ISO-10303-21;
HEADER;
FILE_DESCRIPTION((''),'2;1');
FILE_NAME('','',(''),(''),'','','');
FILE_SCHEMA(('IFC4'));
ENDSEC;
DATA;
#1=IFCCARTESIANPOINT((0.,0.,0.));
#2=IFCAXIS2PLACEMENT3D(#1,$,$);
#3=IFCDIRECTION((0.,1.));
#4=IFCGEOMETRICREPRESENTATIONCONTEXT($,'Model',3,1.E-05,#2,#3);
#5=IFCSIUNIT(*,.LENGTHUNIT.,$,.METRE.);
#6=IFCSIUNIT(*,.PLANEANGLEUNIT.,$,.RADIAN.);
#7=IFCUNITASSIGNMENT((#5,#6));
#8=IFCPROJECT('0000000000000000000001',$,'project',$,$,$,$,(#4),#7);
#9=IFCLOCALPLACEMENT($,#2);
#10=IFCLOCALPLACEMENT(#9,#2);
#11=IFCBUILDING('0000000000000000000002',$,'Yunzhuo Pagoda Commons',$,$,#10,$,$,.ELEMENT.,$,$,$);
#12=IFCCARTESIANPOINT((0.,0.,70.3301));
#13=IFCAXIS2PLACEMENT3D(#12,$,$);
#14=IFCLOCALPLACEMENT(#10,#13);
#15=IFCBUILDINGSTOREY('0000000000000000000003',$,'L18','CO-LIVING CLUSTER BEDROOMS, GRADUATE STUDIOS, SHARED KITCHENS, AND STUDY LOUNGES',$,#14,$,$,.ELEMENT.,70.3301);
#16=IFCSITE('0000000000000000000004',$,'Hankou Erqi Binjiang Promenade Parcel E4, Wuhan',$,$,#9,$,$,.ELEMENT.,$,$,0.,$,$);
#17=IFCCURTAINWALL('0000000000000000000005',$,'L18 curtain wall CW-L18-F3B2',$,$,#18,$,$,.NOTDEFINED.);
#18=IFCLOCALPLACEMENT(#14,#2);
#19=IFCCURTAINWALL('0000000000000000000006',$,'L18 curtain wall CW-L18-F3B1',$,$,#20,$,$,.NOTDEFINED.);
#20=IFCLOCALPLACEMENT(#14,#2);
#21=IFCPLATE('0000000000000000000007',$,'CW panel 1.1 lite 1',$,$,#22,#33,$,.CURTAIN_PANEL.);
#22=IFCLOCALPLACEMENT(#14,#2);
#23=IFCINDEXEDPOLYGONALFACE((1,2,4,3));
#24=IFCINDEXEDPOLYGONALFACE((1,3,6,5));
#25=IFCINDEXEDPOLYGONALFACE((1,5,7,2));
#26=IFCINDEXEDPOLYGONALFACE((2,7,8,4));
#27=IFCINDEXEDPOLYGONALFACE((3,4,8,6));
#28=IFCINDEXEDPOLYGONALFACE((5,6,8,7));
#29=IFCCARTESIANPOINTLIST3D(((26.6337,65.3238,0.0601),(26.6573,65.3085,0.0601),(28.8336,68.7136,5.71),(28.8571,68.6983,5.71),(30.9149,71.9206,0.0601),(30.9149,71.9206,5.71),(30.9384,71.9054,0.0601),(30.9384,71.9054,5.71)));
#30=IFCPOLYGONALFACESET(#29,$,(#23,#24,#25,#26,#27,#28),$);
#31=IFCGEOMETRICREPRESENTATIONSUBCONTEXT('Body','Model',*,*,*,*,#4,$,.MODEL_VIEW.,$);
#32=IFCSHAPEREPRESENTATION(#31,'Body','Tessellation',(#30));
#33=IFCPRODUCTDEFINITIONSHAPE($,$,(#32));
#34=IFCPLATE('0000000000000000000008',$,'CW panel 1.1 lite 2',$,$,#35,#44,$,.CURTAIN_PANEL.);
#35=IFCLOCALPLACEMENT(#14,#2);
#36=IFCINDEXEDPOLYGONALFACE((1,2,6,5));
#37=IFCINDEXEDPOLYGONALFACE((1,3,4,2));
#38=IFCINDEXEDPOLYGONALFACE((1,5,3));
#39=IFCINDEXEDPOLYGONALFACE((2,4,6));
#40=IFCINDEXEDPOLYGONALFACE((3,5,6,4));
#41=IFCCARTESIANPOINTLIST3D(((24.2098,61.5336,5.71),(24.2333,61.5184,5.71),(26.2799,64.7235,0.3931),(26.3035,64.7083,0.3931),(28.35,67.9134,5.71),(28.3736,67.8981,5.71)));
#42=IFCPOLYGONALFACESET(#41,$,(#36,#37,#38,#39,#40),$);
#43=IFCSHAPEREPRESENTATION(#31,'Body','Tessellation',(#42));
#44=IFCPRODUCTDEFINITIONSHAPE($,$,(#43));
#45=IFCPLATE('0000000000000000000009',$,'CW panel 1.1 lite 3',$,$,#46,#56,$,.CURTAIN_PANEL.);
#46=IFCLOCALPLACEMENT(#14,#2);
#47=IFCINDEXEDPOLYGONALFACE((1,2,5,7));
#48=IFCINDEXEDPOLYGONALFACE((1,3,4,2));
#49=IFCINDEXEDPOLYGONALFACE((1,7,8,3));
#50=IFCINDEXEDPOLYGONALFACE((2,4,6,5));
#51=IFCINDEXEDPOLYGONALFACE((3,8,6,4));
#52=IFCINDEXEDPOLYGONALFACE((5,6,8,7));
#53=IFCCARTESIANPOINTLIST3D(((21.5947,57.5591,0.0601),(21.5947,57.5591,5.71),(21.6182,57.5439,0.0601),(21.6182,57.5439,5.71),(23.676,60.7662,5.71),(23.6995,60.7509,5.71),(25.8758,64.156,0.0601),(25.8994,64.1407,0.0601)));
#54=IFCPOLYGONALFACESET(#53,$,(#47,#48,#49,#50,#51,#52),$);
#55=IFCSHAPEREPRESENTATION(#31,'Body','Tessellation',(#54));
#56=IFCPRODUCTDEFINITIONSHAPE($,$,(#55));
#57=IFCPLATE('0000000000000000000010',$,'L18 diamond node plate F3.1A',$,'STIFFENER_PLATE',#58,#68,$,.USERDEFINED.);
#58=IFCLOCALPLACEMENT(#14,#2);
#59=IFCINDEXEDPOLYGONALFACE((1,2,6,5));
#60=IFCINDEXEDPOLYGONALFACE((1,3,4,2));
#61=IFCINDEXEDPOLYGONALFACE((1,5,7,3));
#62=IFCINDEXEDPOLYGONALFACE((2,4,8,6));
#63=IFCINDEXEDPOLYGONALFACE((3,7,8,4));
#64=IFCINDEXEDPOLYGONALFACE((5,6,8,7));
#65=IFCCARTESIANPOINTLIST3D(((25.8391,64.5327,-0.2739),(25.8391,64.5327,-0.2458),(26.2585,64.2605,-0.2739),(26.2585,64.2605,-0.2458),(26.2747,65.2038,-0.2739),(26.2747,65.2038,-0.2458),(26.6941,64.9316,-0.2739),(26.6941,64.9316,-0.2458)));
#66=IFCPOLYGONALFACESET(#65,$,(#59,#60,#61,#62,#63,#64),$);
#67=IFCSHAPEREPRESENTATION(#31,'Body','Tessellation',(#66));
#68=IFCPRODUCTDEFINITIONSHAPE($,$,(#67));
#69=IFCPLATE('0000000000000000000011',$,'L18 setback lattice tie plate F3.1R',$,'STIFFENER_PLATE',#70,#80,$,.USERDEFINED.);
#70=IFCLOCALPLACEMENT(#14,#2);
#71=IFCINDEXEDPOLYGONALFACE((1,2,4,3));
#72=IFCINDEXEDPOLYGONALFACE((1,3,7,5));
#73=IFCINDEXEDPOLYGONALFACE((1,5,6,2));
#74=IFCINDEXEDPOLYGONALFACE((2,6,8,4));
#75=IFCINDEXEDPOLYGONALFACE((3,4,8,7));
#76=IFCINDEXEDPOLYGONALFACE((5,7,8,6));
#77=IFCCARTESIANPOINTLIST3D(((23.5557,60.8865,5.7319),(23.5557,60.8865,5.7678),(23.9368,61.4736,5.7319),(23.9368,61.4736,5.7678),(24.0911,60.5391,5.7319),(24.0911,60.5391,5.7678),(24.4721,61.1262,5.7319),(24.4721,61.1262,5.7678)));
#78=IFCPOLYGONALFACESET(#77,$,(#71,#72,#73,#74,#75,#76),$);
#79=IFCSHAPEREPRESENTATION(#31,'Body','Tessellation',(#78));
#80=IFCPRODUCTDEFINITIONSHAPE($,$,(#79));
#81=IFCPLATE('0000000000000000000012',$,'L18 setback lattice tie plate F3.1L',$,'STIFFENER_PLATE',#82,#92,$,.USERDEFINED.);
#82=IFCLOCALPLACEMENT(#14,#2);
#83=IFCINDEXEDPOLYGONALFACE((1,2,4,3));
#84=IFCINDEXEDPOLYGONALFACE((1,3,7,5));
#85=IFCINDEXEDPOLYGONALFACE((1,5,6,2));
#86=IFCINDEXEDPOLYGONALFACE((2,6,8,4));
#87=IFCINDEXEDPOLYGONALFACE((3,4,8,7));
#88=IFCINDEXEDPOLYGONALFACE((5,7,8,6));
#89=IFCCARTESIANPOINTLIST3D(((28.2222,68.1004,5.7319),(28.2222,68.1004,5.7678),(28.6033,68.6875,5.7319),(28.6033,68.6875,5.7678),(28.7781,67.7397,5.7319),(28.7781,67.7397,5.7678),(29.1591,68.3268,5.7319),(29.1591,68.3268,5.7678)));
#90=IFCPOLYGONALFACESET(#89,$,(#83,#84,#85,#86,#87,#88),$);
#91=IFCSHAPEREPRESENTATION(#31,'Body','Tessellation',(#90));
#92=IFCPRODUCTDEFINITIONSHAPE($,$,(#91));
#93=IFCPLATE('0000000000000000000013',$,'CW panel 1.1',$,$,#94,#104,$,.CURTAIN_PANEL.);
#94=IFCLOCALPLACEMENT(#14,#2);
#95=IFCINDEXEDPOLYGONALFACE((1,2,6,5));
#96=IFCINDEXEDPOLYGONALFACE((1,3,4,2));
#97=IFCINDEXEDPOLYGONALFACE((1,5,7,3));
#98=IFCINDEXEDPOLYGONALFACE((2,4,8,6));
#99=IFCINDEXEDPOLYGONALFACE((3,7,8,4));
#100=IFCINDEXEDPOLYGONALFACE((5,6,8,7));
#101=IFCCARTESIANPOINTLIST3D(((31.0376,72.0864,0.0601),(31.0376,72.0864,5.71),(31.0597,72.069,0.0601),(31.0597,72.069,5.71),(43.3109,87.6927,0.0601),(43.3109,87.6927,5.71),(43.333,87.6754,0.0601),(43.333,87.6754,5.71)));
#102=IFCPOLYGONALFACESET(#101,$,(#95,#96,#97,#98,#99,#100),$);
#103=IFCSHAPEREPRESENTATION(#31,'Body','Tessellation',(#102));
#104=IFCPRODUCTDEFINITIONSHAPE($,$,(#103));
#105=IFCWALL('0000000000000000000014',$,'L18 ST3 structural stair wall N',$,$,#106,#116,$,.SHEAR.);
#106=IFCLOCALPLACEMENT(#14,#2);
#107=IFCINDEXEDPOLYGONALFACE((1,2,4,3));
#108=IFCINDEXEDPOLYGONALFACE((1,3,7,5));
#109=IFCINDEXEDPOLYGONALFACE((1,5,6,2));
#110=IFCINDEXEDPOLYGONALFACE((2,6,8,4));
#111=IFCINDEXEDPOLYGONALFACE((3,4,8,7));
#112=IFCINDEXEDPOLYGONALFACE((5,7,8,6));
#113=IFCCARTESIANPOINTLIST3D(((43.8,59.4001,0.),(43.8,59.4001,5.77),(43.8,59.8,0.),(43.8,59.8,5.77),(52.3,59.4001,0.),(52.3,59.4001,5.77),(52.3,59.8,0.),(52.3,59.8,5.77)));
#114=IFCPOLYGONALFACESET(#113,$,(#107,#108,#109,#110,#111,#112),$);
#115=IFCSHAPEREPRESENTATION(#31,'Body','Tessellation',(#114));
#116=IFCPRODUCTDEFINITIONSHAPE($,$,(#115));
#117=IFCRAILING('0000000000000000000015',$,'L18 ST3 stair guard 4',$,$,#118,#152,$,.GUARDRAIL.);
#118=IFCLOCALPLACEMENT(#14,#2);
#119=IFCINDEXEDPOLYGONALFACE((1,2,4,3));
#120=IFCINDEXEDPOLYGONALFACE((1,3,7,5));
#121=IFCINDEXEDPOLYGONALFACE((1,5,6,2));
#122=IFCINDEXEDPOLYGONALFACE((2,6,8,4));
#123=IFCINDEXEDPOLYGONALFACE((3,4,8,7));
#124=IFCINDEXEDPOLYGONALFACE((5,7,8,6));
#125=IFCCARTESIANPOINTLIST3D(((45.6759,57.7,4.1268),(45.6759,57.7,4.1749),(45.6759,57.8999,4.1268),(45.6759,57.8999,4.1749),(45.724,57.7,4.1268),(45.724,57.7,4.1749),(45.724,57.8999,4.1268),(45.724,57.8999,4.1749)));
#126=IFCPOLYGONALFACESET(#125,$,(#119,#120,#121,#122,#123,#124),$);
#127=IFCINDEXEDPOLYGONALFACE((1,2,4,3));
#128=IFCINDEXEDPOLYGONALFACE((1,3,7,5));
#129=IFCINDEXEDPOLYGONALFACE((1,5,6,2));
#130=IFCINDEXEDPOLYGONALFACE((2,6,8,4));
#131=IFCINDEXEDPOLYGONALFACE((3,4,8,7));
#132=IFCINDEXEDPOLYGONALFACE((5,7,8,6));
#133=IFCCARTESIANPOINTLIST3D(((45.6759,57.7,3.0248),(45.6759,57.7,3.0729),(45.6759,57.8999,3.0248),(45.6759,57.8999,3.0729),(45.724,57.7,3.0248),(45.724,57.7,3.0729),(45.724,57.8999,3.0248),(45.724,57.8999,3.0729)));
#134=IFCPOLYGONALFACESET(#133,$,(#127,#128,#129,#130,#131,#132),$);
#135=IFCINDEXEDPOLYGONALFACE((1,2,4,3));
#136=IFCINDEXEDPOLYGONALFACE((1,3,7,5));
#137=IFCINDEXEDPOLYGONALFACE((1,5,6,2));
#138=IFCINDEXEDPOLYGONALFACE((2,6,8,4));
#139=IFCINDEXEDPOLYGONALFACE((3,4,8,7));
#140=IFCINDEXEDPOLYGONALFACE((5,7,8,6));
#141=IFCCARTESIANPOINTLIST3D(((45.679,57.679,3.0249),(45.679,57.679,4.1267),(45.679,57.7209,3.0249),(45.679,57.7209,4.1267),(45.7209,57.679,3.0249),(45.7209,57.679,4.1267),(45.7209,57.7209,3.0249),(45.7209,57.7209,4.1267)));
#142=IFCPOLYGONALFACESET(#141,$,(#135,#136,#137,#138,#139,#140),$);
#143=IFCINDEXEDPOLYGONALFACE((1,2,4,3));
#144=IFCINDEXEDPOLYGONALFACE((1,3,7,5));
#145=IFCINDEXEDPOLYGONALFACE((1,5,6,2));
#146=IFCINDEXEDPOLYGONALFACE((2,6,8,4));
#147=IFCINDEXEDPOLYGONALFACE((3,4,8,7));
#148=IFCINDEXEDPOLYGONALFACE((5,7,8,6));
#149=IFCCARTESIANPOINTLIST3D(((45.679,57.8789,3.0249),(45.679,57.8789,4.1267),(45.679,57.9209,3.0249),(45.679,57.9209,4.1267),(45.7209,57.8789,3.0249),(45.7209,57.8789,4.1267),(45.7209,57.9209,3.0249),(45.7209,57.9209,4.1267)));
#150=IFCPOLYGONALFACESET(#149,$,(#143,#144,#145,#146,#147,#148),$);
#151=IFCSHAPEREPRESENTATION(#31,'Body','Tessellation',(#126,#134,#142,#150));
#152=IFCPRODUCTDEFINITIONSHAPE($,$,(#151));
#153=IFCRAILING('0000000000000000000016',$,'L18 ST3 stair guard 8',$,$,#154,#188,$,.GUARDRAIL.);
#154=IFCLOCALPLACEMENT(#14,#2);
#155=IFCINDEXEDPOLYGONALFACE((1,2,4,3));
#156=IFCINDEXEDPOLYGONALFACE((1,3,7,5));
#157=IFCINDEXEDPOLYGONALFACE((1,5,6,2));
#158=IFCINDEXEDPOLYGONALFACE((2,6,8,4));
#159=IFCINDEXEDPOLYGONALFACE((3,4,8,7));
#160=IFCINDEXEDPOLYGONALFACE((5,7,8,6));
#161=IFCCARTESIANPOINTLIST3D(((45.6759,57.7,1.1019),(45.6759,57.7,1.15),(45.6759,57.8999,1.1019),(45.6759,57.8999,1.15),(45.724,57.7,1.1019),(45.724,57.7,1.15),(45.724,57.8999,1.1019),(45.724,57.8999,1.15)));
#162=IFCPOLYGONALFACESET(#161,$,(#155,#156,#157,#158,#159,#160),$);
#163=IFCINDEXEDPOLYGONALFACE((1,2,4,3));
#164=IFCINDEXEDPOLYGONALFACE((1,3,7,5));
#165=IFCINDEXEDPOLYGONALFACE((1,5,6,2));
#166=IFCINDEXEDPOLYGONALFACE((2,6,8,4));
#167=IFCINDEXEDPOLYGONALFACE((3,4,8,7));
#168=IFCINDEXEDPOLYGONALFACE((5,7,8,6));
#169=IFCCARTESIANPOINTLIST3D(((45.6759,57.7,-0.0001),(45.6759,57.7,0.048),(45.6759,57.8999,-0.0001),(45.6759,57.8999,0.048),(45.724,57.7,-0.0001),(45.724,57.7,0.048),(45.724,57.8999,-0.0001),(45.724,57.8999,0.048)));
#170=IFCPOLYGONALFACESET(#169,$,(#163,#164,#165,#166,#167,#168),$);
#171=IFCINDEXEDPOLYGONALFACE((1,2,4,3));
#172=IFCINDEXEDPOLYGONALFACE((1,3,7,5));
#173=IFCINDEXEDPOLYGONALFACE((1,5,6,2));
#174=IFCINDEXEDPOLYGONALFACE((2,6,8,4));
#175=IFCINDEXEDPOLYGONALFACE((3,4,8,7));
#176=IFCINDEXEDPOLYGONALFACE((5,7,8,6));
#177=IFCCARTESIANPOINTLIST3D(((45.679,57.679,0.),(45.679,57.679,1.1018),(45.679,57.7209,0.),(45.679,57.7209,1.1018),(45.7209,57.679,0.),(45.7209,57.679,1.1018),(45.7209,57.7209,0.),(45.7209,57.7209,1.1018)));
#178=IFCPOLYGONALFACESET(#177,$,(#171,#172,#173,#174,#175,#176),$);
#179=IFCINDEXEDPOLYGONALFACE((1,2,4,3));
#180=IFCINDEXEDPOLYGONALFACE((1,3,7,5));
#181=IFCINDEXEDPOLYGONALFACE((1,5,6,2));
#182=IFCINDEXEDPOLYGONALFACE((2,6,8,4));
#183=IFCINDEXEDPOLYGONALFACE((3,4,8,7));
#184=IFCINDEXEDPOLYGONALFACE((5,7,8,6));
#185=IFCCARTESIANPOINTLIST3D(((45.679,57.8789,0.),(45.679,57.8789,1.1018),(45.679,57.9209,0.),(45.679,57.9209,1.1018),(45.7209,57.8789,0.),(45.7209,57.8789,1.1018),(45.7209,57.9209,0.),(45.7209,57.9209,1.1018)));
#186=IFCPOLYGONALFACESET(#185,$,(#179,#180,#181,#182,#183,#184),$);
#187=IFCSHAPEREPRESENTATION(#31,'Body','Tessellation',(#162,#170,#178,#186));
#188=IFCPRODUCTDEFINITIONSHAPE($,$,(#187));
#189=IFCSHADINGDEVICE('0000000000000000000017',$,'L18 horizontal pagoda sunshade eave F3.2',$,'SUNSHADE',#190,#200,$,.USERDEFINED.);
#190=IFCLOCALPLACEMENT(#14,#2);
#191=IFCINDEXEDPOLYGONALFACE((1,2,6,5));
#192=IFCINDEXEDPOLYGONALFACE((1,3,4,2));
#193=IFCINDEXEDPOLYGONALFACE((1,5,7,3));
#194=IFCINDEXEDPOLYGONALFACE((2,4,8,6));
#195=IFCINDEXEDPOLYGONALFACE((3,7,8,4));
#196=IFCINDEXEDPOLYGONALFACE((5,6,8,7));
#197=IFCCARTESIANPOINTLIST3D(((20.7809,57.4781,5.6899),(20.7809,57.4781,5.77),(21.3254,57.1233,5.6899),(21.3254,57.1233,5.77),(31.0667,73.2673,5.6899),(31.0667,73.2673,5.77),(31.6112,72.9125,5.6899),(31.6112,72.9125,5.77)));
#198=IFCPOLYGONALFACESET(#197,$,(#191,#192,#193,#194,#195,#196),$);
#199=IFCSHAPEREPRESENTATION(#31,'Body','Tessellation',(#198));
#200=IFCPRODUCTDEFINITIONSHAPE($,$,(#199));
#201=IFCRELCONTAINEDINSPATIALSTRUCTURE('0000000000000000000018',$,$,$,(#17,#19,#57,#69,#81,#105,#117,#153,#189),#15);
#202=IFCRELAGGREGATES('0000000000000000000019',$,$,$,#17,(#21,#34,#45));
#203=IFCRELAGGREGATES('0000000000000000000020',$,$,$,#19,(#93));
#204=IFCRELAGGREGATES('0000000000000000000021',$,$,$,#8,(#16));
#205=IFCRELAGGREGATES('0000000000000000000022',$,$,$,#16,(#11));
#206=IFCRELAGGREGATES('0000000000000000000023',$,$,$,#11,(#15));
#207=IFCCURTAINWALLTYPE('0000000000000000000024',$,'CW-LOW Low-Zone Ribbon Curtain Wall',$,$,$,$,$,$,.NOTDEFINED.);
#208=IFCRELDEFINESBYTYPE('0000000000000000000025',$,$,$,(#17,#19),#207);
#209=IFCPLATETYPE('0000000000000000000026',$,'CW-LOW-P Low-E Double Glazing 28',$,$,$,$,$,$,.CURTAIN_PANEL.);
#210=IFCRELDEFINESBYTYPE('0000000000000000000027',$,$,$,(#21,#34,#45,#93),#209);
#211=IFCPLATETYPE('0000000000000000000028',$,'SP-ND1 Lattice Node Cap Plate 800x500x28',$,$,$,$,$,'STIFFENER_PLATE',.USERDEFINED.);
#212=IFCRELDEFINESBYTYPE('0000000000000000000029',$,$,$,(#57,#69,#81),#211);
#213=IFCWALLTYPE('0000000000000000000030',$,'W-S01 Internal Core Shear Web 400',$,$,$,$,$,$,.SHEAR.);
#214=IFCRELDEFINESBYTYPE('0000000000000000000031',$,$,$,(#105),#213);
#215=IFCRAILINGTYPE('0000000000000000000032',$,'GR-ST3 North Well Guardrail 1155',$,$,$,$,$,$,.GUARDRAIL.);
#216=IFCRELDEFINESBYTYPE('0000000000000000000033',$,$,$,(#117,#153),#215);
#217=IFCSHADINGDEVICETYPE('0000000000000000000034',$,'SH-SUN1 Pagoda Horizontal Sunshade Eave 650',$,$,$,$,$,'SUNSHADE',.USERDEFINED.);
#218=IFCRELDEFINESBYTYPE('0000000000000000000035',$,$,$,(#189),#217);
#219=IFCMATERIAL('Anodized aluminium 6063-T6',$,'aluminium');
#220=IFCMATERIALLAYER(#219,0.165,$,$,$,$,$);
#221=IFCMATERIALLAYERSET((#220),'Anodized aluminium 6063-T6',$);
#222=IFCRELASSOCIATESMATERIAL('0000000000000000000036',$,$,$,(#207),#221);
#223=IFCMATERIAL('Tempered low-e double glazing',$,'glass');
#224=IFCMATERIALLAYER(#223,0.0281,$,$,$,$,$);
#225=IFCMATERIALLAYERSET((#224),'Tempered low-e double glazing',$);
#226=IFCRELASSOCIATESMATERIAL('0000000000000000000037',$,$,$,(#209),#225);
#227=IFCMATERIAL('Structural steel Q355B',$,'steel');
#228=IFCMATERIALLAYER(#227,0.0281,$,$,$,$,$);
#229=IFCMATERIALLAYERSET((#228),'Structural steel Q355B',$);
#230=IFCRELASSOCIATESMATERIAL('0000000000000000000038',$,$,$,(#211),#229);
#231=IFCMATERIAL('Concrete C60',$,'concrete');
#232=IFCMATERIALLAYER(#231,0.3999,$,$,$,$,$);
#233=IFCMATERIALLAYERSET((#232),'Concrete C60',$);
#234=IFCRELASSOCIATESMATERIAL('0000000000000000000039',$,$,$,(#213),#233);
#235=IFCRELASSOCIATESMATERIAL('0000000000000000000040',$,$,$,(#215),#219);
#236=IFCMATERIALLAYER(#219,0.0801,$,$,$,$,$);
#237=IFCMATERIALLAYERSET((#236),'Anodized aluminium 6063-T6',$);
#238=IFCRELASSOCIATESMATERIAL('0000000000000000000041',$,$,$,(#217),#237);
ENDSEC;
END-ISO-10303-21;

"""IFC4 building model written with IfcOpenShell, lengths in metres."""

from ifc_helpers import new_model, si_unit, direction, frame, frame_2d, origin, origin_2d, place, context, subcontext, project, spatial, polyline, rectangle, outline, extrude, source, transform, mapped, material, layer, layer_set, type_object, element, aggregate, save


model = new_model("IFC4")

# Units and contexts
model_context = context("Model", 3, precision=1e-05, world=origin(), true_north=direction((0.0, 1.0)))
body_context = subcontext(model_context, "Body", "Model", "MODEL_VIEW")
ifc_project = project(units=[si_unit("LENGTHUNIT", "METRE"), si_unit("PLANEANGLEUNIT", "RADIAN")], contexts=[model_context])

# Site, building, storey
site_placement = place(None, origin())
site = spatial("IfcSite", under=ifc_project, at=site_placement, Name="Hankou Erqi Binjiang Promenade Parcel E4, Wuhan", CompositionType="ELEMENT", RefElevation=0.0)
building_placement = place(site_placement, origin())
building = spatial("IfcBuilding", under=site, at=building_placement, Name="Yunzhuo Pagoda Commons", CompositionType="ELEMENT")
storey_placement = place(building_placement, frame((0.0, 0.0, 70.3301)))
storey = spatial("IfcBuildingStorey", under=building, at=storey_placement, Name="L18", Description="CO-LIVING CLUSTER BEDROOMS, GRADUATE STUDIOS, SHARED KITCHENS, AND STUDY LOUNGES", CompositionType="ELEMENT", Elevation=70.3301)

# Shared definitions
ifc_material_1 = material(Name="Structural steel Q355B", Category="steel")

# Curtain walls
ifc_material_2 = material(Name="Anodized aluminium 6063-T6", Category="aluminium")
ifc_layer_1 = layer(ifc_material_2, 0.165)
ifc_layer_set_1 = layer_set([ifc_layer_1], Name="Anodized aluminium 6063-T6")
curtain_wall_type = type_object("IfcCurtainWallType", Name="CW-LOW Low-Zone Ribbon Curtain Wall", PredefinedType="NOTDEFINED", material=ifc_layer_set_1)
curtain_wall_1_placement = place(storey_placement, origin())
curtain_wall_1 = element("IfcCurtainWall", 1, at=curtain_wall_1_placement, inside=storey, type_object=curtain_wall_type, Name="L18 curtain wall CW-L18-F3B2", PredefinedType="NOTDEFINED")
curtain_wall_2_placement = place(storey_placement, origin())
curtain_wall_2 = element("IfcCurtainWall", 2, at=curtain_wall_2_placement, inside=storey, type_object=curtain_wall_type, Name="L18 curtain wall CW-L18-F3B1", PredefinedType="NOTDEFINED")

# Plates
ifc_material_3 = material(Name="Tempered low-e double glazing", Category="glass")
ifc_layer_2 = layer(ifc_material_3, 0.0281)
ifc_layer_set_2 = layer_set([ifc_layer_2], Name="Tempered low-e double glazing")
plate_type_1 = type_object("IfcPlateType", Name="CW-LOW-P Low-E Double Glazing 28", PredefinedType="CURTAIN_PANEL", material=ifc_layer_set_2)
plate_1_placement = place(storey_placement, frame((28.7979, 68.6069, 2.885), z_axis=(-0.83884, 0.544378, 0.0), x_axis=(-0.544378, -0.83884, 0.0)))
plate_1 = element("IfcPlate", 3, at=plate_1_placement, type_object=plate_type_1, Name="CW panel 1.1 lite 1", PredefinedType="CURTAIN_PANEL", context=body_context, shape_type="SweptSolid", body=[
    extrude(outline(polyline([(-3.9321, -2.825), (3.9321, -2.825), (-0.1089, 2.825), (-3.9321, 2.825), (-3.9321, -2.825)])), origin(), (0.0, 0.0, 1.0), 0.0281),
])
plate_2_placement = place(storey_placement, frame((26.3035, 64.7083, 3.0515), z_axis=(-0.83884, 0.544378, 0.0), x_axis=(-0.544378, -0.83884, 0.0)))
plate_2 = element("IfcPlate", 4, at=plate_2_placement, type_object=plate_type_1, Name="CW panel 1.1 lite 2", PredefinedType="CURTAIN_PANEL", context=body_context, shape_type="SweptSolid", body=[
    extrude(outline(polyline([(-3.8027, 2.6584), (0.0, -2.6584), (3.8027, 2.6584), (-3.8027, 2.6584)])), origin(), (0.0, 0.0, 1.0), 0.0281),
])
plate_3_placement = place(storey_placement, frame((23.7588, 60.8423, 2.885), z_axis=(-0.83884, 0.544378, 0.0), x_axis=(-0.544378, -0.83884, 0.0)))
plate_3 = element("IfcPlate", 5, at=plate_3_placement, type_object=plate_type_1, Name="CW panel 1.1 lite 3", PredefinedType="CURTAIN_PANEL", context=body_context, shape_type="SweptSolid", body=[
    extrude(outline(polyline([(-3.9321, -2.825), (3.9321, -2.825), (3.9321, 2.825), (0.1089, 2.825), (-3.9321, -2.825)])), origin(), (0.0, 0.0, 1.0), 0.0281),
])
aggregate(curtain_wall_1, [plate_1, plate_2, plate_3])

# Plates
ifc_layer_3 = layer(ifc_material_1, 0.0281)
ifc_layer_set_3 = layer_set([ifc_layer_3], Name="Structural steel Q355B")
plate_type_2 = type_object("IfcPlateType", Name="SP-ND1 Lattice Node Cap Plate 800x500x28", ElementType="STIFFENER_PLATE", PredefinedType="USERDEFINED", material=ifc_layer_set_3)
shared_shape_1 = source(origin(), body_context, "Body", "SweptSolid", [
    extrude(rectangle(XDim=0.8, YDim=0.5, at=origin_2d()), origin(), (0.0, 0.0, 1.0), 0.0281),
])
plate_4_placement = place(storey_placement, frame((26.2666, 64.7322, -0.2739), z_axis=(0.0, 0.0, 1.0), x_axis=(-0.544376, -0.838842, 0.0)))
element("IfcPlate", 6, at=plate_4_placement, inside=storey, type_object=plate_type_2, Name="L18 diamond node plate F3.1A", ObjectType="STIFFENER_PLATE", PredefinedType="USERDEFINED", context=body_context, shape_type="MappedRepresentation", body=[
    mapped(shared_shape_1, transform((0.0, 0.0, 0.0), scale=1.0)),
])
shared_shape_2 = source(origin(), body_context, "Body", "SweptSolid", [
    extrude(rectangle(XDim=0.7, YDim=0.6382, at=origin_2d()), origin(), (0.0, 0.0, 1.0), 0.0359),
])
plate_5_placement = place(storey_placement, frame((24.0139, 61.0063, 5.7319), z_axis=(0.0, 0.0, 1.0), x_axis=(-0.544376, -0.838842, 0.0)))
element("IfcPlate", 7, at=plate_5_placement, inside=storey, type_object=plate_type_2, Name="L18 setback lattice tie plate F3.1R", ObjectType="STIFFENER_PLATE", PredefinedType="USERDEFINED", context=body_context, shape_type="MappedRepresentation", body=[
    mapped(shared_shape_2, transform((0.0, 0.0, 0.0), scale=1.0)),
])
shared_shape_3 = source(origin(), body_context, "Body", "SweptSolid", [
    extrude(rectangle(XDim=0.7, YDim=0.6626, at=origin_2d()), origin(), (0.0, 0.0, 1.0), 0.0359),
])
plate_6_placement = place(storey_placement, frame((28.6907, 68.2136, 5.7319), z_axis=(0.0, 0.0, 1.0), x_axis=(-0.544376, -0.838842, 0.0)))
element("IfcPlate", 8, at=plate_6_placement, inside=storey, type_object=plate_type_2, Name="L18 setback lattice tie plate F3.1L", ObjectType="STIFFENER_PLATE", PredefinedType="USERDEFINED", context=body_context, shape_type="MappedRepresentation", body=[
    mapped(shared_shape_3, transform((0.0, 0.0, 0.0), scale=1.0)),
])

# Plate
shared_shape_4 = source(origin(), body_context, "Body", "SweptSolid", [
    extrude(rectangle(XDim=19.8542, YDim=0.0281, at=origin_2d()), origin(), (0.0, 0.0, 1.0), 5.6499),
])
plate_7_placement = place(storey_placement, frame((37.1853, 79.8809, 0.0601), z_axis=(0.0, 0.0, 1.0), x_axis=(-0.618168, -0.786046, 0.0)))
plate_7 = element("IfcPlate", 9, at=plate_7_placement, type_object=plate_type_1, Name="CW panel 1.1", PredefinedType="CURTAIN_PANEL", context=body_context, shape_type="MappedRepresentation", body=[
    mapped(shared_shape_4, transform((0.0, 0.0, 0.0), scale=1.0)),
])
aggregate(curtain_wall_2, [plate_7])

# Wall
ifc_material_4 = material(Name="Concrete C60", Category="concrete")
ifc_layer_4 = layer(ifc_material_4, 0.3999)
ifc_layer_set_4 = layer_set([ifc_layer_4], Name="Concrete C60")
wall_type = type_object("IfcWallType", Name="W-S01 Internal Core Shear Web 400", PredefinedType="SHEAR", material=ifc_layer_set_4)
wall_placement = place(storey_placement, frame((43.8, 59.6001, 0.0), z_axis=(0.0, 0.0, 1.0), x_axis=(1.0, 0.0, 0.0)))
element("IfcWall", 10, at=wall_placement, inside=storey, type_object=wall_type, Name="L18 ST3 structural stair wall N", PredefinedType="SHEAR", context=body_context, shape_type="SweptSolid", body=[
    extrude(rectangle(XDim=8.5, YDim=0.3999, at=frame_2d((4.25, 0.0))), origin(), (0.0, 0.0, 1.0), 5.77),
])

# Railings
railing_type = type_object("IfcRailingType", Name="GR-ST3 North Well Guardrail 1155", PredefinedType="GUARDRAIL", material=ifc_material_2)
for number, where, name in (
    (11, (45.7, 57.7, 3.0249), "L18 ST3 stair guard 4"),
    (12, (45.7, 57.7, 0.0), "L18 ST3 stair guard 8"),
):
    element("IfcRailing", number, at=place(storey_placement, frame(where)), inside=storey, type_object=railing_type, Name=name, PredefinedType="GUARDRAIL", context=body_context, shape_type="SweptSolid", body=[
        extrude(rectangle(XDim=0.0481, YDim=0.0481, at=origin_2d()), frame((0.0, 0.0, 1.126), z_axis=(0.0, 1.0, 0.0), x_axis=(-1.0, 0.0, 0.0)), (0.0, 0.0, 1.0), 0.2),
        extrude(rectangle(XDim=0.0481, YDim=0.0481, at=origin_2d()), frame((0.0, 0.0, 0.0239), z_axis=(0.0, 1.0, 0.0), x_axis=(-1.0, 0.0, 0.0)), (0.0, 0.0, 1.0), 0.2),
        extrude(rectangle(XDim=0.042, YDim=0.042, at=origin_2d()), origin(), (0.0, 0.0, 1.0), 1.1018),
        extrude(rectangle(XDim=0.042, YDim=0.042, at=origin_2d()), frame((0.0, 0.2, 0.0)), (0.0, 0.0, 1.0), 1.1018),
    ])

# Shading device
ifc_layer_5 = layer(ifc_material_2, 0.0801)
ifc_layer_set_5 = layer_set([ifc_layer_5], Name="Anodized aluminium 6063-T6")
shading_device_type = type_object("IfcShadingDeviceType", Name="SH-SUN1 Pagoda Horizontal Sunshade Eave 650", ElementType="SUNSHADE", PredefinedType="USERDEFINED", material=ifc_layer_set_5)
shared_shape_5 = source(origin(), body_context, "Body", "SweptSolid", [
    extrude(rectangle(XDim=18.844, YDim=0.6499, at=origin_2d()), origin(), (0.0, 0.0, 1.0), 0.0801),
])
shading_device_1_placement = place(storey_placement, frame((26.196, 65.1953, 5.6899), z_axis=(0.0, 0.0, 1.0), x_axis=(-0.545839, -0.83789, 0.0)))
element("IfcShadingDevice", 13, at=shading_device_1_placement, inside=storey, type_object=shading_device_type, Name="L18 horizontal pagoda sunshade eave F3.2", ObjectType="SUNSHADE", PredefinedType="USERDEFINED", context=body_context, shape_type="MappedRepresentation", body=[
    mapped(shared_shape_5, transform((0.0, 0.0, 0.0), scale=1.0)),
])

save(model, "model.ifc")
